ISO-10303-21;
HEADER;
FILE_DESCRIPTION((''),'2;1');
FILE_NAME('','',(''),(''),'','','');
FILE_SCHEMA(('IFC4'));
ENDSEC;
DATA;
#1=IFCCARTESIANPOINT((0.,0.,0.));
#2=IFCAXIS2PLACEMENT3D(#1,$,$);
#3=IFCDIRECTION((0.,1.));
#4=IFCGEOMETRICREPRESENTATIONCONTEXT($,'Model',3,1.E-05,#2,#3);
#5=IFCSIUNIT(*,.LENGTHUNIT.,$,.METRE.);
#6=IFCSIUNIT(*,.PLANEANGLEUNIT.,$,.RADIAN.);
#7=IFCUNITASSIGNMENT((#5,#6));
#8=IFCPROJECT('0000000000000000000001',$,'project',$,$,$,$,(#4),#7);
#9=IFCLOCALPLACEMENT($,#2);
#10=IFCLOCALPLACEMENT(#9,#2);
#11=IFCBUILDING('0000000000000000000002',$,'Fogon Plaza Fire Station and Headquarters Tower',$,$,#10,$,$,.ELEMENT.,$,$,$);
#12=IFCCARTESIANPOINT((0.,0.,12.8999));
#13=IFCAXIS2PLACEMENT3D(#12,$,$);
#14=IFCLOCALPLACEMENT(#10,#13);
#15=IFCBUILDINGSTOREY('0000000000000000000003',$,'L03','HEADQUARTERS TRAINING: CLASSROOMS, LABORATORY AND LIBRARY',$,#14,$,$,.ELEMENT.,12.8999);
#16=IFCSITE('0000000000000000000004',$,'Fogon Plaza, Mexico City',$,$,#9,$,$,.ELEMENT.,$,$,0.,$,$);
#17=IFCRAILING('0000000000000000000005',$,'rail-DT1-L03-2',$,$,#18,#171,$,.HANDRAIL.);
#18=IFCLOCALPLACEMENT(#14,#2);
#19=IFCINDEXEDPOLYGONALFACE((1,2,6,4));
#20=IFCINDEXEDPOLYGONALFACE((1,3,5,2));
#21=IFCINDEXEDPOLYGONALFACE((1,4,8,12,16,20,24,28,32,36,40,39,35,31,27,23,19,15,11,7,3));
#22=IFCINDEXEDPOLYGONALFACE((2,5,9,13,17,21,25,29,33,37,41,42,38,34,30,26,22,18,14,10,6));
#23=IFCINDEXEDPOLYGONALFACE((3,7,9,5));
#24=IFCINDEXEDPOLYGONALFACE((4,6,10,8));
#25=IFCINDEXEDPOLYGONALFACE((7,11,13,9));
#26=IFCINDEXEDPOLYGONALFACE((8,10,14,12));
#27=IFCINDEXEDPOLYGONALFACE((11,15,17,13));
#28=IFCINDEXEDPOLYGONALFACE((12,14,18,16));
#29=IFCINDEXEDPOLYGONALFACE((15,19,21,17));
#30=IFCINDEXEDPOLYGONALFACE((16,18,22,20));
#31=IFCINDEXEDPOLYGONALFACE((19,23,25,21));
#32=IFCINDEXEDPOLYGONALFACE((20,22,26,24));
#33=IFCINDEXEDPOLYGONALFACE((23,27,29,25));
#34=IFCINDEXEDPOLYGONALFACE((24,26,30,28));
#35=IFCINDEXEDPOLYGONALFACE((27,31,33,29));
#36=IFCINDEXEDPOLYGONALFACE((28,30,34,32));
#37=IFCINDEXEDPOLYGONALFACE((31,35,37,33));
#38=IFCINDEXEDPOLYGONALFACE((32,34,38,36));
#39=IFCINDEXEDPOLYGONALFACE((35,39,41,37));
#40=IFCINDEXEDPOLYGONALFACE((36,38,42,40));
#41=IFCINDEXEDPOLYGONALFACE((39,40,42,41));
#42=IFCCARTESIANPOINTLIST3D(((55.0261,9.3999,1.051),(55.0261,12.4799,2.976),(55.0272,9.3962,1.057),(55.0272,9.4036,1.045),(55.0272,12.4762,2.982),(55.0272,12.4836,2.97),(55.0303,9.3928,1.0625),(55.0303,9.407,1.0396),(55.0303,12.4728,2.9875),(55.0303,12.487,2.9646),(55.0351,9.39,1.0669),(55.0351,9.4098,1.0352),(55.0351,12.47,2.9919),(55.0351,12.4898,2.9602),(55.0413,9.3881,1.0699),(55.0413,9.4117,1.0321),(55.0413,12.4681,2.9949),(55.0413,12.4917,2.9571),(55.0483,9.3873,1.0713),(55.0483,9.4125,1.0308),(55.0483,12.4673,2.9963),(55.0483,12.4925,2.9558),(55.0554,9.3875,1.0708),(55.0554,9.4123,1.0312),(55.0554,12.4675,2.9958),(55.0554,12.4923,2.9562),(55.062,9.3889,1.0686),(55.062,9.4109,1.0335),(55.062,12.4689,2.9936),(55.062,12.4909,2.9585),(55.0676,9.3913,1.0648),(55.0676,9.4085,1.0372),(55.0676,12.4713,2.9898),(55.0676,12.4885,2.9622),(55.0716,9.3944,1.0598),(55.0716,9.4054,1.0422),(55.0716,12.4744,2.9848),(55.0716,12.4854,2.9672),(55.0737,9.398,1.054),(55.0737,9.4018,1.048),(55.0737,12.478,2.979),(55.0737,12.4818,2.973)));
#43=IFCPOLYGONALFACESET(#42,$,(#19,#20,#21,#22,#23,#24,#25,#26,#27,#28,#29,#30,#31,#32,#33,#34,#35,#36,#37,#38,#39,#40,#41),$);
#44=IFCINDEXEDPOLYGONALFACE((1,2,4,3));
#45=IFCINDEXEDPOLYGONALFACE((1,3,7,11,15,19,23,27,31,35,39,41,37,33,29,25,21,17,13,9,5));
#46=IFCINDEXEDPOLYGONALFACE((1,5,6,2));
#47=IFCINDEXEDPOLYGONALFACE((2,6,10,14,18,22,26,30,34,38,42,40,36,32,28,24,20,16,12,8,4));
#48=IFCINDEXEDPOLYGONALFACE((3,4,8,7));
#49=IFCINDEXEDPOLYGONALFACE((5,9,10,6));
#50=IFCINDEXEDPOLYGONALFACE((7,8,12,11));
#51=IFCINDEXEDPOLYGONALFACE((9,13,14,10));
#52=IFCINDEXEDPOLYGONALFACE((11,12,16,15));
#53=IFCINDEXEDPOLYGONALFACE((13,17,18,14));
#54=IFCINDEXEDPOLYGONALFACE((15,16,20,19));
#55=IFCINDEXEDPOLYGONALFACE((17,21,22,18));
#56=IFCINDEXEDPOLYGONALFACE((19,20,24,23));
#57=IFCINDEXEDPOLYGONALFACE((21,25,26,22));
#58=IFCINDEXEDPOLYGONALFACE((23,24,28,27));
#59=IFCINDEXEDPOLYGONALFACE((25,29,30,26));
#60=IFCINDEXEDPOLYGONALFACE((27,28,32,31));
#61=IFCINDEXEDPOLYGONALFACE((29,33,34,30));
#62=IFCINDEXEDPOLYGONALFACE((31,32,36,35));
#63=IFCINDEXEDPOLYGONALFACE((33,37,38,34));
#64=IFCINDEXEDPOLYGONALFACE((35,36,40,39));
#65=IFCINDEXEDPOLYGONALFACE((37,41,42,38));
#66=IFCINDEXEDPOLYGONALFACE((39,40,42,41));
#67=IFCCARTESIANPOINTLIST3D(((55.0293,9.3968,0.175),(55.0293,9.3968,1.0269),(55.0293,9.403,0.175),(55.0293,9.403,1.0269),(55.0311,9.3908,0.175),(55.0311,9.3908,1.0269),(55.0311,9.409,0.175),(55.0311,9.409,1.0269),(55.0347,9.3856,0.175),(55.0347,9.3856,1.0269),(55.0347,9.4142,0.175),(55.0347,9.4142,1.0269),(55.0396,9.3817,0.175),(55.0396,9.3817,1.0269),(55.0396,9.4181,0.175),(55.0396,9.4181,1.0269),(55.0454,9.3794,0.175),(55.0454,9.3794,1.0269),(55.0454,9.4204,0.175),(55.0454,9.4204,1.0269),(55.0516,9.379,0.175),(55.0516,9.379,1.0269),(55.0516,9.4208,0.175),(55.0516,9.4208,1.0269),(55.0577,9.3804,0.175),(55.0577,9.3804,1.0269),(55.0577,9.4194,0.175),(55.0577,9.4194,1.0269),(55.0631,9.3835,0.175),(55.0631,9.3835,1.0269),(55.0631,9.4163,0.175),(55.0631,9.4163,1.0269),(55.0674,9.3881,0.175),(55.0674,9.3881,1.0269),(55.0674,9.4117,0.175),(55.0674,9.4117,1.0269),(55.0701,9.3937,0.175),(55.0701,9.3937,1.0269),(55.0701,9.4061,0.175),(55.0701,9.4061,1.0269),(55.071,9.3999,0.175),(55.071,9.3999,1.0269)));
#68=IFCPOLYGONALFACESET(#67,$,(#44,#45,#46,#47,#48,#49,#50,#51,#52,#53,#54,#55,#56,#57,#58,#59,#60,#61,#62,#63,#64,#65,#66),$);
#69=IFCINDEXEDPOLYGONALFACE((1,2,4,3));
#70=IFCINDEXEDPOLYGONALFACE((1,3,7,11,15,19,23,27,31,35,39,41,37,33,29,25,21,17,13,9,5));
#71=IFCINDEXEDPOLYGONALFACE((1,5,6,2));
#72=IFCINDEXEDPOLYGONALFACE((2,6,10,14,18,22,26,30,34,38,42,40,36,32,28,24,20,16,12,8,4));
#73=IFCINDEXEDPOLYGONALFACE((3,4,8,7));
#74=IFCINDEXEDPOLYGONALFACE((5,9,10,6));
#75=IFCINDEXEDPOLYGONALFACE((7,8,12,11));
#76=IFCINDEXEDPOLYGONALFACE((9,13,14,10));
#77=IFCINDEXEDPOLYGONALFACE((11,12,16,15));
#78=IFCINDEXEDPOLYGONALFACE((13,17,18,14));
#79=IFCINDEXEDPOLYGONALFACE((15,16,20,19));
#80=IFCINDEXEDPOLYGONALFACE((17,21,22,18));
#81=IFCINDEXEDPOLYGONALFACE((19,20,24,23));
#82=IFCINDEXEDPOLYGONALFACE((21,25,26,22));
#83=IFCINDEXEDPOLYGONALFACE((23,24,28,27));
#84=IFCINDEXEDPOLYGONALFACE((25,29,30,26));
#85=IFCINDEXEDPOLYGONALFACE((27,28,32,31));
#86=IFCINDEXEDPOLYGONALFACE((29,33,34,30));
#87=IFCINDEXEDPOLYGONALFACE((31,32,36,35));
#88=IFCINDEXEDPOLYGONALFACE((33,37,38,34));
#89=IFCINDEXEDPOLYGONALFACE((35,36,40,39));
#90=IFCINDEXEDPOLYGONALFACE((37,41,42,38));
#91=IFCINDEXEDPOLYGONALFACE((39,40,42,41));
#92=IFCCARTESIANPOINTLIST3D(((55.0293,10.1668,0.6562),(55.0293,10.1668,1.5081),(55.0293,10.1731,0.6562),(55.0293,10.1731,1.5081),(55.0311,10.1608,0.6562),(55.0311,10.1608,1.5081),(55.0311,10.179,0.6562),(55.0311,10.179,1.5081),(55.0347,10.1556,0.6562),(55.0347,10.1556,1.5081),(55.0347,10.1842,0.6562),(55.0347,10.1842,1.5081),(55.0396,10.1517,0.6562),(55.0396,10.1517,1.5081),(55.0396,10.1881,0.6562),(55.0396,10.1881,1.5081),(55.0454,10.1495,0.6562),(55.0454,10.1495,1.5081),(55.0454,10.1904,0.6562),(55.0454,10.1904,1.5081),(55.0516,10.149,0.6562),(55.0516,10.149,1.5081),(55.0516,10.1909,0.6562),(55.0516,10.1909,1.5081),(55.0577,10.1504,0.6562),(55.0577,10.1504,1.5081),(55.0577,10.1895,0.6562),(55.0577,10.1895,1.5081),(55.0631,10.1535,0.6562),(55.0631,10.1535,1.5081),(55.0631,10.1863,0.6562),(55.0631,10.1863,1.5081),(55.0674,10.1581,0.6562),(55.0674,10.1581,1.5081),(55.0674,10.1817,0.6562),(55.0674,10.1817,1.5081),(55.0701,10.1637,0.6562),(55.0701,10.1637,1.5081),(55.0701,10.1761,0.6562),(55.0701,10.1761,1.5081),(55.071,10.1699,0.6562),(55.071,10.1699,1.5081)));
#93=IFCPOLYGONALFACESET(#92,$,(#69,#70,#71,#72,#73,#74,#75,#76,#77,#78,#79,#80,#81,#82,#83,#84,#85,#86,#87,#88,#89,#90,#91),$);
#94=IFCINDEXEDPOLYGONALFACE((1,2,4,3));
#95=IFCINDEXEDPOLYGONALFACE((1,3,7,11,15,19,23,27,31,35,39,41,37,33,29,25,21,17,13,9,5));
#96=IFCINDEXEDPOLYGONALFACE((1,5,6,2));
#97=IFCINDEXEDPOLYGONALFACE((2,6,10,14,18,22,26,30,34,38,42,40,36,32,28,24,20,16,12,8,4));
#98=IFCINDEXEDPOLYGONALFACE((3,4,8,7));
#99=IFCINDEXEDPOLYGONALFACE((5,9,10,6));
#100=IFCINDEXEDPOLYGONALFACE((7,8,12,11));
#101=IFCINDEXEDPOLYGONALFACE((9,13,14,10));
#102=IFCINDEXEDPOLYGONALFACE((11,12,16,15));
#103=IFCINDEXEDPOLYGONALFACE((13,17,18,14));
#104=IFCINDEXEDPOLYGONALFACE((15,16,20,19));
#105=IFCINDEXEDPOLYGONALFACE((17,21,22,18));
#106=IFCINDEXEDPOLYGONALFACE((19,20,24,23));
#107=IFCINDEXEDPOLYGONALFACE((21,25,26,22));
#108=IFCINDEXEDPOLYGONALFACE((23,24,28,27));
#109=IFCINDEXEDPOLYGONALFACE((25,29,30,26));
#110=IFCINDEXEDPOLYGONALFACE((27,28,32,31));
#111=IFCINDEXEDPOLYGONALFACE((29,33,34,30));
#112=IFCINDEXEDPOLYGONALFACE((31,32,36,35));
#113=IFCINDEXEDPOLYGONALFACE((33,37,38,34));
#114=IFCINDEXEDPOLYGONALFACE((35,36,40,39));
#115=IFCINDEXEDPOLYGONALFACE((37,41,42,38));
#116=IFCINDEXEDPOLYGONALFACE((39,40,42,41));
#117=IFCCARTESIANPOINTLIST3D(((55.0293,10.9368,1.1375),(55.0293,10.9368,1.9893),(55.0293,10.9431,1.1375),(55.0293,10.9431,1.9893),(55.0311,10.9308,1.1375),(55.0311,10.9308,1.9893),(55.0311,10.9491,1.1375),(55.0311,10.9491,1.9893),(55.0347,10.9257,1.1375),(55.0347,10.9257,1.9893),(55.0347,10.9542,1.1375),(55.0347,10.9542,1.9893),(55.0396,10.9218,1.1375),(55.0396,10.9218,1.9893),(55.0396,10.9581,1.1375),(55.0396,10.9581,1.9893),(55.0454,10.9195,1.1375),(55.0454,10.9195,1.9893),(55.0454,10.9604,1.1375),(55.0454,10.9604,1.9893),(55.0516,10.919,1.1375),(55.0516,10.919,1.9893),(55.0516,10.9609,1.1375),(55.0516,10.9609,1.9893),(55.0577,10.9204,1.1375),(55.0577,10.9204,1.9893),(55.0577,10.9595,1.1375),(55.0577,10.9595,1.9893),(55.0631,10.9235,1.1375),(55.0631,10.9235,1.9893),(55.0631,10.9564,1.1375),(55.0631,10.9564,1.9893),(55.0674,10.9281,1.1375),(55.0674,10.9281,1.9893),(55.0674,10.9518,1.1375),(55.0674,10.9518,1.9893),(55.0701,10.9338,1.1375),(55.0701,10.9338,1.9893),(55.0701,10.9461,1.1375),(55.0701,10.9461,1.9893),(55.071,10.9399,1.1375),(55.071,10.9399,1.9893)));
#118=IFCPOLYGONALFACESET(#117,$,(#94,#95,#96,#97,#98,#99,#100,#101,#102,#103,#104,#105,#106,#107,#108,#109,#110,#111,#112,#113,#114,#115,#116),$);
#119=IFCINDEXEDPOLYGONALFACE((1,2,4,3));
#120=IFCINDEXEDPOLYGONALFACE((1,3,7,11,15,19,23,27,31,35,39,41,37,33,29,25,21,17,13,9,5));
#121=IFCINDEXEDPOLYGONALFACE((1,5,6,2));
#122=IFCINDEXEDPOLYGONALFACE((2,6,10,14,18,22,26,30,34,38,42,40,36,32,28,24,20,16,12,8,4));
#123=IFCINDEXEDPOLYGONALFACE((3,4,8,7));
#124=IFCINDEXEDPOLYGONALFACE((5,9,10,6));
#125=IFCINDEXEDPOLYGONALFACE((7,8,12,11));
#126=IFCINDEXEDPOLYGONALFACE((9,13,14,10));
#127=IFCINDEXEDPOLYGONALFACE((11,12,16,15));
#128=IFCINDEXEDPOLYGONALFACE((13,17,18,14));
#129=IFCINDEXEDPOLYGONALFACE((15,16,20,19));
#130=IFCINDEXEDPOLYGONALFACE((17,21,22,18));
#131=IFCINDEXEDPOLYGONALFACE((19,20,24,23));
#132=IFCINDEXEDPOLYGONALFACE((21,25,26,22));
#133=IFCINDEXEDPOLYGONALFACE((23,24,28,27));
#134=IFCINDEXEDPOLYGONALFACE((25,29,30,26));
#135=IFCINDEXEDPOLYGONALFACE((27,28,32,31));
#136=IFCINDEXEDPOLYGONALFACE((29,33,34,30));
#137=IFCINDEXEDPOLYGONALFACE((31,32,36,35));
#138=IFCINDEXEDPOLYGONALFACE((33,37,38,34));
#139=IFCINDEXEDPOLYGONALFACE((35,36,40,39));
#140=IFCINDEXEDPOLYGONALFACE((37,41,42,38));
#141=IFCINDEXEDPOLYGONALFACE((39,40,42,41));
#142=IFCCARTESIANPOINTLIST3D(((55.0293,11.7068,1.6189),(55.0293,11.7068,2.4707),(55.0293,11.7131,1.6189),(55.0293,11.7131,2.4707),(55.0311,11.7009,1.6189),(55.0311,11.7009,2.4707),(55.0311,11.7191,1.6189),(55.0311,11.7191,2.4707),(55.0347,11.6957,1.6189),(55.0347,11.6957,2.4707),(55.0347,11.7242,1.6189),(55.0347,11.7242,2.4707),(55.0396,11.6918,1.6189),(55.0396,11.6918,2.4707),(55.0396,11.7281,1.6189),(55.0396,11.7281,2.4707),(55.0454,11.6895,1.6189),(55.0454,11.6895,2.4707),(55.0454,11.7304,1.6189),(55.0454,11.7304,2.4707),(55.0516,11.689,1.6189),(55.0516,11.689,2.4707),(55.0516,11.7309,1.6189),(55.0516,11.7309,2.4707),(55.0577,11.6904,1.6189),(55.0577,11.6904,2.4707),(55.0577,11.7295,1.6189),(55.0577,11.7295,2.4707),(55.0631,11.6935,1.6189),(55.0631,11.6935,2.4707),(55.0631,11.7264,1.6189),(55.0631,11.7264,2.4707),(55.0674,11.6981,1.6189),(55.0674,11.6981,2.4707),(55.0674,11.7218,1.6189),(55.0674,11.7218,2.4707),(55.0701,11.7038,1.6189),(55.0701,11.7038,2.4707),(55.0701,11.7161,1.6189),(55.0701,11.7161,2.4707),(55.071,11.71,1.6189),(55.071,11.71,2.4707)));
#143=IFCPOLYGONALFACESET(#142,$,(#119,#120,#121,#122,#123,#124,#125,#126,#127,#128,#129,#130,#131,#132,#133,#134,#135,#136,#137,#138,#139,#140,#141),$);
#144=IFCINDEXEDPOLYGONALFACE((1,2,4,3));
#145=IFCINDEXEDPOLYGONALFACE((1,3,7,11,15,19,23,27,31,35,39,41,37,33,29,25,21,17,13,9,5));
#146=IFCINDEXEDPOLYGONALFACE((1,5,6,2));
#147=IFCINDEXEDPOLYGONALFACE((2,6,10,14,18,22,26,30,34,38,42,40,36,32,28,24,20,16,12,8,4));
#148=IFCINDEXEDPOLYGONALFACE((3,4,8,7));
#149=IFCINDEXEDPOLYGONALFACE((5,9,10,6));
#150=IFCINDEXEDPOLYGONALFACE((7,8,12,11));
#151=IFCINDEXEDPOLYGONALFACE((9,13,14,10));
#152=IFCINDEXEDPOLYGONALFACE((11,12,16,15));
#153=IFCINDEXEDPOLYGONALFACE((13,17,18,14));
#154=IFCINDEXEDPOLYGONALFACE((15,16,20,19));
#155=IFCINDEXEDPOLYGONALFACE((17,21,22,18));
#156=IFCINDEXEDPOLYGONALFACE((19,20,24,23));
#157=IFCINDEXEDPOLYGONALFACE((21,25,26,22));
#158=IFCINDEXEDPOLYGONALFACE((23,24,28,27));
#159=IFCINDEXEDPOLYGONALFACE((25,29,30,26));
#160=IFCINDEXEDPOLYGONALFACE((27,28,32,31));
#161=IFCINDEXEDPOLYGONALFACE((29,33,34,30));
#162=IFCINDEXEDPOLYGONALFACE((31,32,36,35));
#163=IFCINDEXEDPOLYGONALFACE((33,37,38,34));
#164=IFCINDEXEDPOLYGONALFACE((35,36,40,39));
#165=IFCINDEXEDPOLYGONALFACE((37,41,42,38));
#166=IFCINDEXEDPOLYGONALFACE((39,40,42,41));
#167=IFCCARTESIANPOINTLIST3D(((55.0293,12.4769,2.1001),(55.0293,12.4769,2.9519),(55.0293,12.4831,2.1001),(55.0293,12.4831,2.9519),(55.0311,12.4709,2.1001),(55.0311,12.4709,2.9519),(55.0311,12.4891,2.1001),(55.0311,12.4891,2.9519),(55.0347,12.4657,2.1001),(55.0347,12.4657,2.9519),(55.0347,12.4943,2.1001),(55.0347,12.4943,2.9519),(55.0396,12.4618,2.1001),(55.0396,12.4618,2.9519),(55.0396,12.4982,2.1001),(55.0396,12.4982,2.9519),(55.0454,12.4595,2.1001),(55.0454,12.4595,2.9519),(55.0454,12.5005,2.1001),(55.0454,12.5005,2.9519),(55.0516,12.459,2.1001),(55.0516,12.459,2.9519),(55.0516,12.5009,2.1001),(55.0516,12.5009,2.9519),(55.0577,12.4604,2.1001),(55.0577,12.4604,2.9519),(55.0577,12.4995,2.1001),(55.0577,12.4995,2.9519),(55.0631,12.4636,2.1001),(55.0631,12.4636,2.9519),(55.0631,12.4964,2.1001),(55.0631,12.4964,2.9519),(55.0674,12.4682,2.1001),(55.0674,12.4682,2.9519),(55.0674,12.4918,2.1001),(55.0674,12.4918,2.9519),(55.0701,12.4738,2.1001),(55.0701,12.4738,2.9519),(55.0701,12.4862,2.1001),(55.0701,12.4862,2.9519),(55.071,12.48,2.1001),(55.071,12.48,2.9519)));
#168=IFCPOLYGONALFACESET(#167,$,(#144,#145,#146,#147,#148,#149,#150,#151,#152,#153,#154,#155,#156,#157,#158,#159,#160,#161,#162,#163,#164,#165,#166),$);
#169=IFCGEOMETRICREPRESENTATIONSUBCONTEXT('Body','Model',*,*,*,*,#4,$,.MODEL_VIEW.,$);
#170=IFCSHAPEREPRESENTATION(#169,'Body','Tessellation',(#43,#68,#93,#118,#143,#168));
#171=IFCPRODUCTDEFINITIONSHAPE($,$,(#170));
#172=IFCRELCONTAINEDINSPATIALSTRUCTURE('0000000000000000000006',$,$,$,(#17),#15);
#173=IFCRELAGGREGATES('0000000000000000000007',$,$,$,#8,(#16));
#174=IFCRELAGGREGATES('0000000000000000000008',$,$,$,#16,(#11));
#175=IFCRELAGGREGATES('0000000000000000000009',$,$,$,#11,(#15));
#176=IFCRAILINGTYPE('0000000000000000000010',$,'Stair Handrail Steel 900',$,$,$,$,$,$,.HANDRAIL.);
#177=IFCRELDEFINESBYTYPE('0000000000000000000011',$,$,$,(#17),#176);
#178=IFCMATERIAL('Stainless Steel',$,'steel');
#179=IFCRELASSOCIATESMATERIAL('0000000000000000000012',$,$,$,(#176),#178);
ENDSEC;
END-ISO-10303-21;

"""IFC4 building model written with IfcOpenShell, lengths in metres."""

from ifc_helpers import new_model, si_unit, direction, frame, origin, origin_2d, place, context, subcontext, project, spatial, circle, extrude, material, type_object, element, save


model = new_model("IFC4")

# Units and contexts
model_context = context("Model", 3, precision=1e-05, world=origin(), true_north=direction((0.0, 1.0)))
body_context = subcontext(model_context, "Body", "Model", "MODEL_VIEW")
ifc_project = project(units=[si_unit("LENGTHUNIT", "METRE"), si_unit("PLANEANGLEUNIT", "RADIAN")], contexts=[model_context])

# Site, building, storey
site_placement = place(None, origin())
site = spatial("IfcSite", under=ifc_project, at=site_placement, Name="Fogon Plaza, Mexico City", CompositionType="ELEMENT", RefElevation=0.0)
building_placement = place(site_placement, origin())
building = spatial("IfcBuilding", under=site, at=building_placement, Name="Fogon Plaza Fire Station and Headquarters Tower", CompositionType="ELEMENT")
storey_placement = place(building_placement, frame((0.0, 0.0, 12.8999)))
storey = spatial("IfcBuildingStorey", under=building, at=storey_placement, Name="L03", Description="HEADQUARTERS TRAINING: CLASSROOMS, LABORATORY AND LIBRARY", CompositionType="ELEMENT", Elevation=12.8999)

# Railing
ifc_material_1 = material(Name="Stainless Steel", Category="steel")
railing_type_1 = type_object("IfcRailingType", Name="Stair Handrail Steel 900", PredefinedType="HANDRAIL", material=ifc_material_1)
for number, where, name in (
    (1, (55.05, 9.3999, 0.175), "rail-DT1-L03-2"),
):
    element("IfcRailing", number, at=place(storey_placement, frame(where)), inside=storey, type_object=railing_type_1, Name=name, PredefinedType="HANDRAIL", context=body_context, shape_type="SweptSolid", body=[
        extrude(circle(Radius=0.0239, at=origin_2d()), frame((0.0, 0.0, 0.876), z_axis=(0.0, 0.847998, 0.529999), x_axis=(-1.0, 0.0, 0.0)), (0.0, 0.0, 1.0), 3.6321),
        extrude(circle(Radius=0.021, at=origin_2d()), origin(), (0.0, 0.0, 1.0), 0.8518),
        extrude(circle(Radius=0.021, at=origin_2d()), frame((0.0, 0.77, 0.4812)), (0.0, 0.0, 1.0), 0.8518),
        extrude(circle(Radius=0.021, at=origin_2d()), frame((0.0, 1.54, 0.9624)), (0.0, 0.0, 1.0), 0.8518),
        extrude(circle(Radius=0.021, at=origin_2d()), frame((0.0, 2.3101, 1.4438)), (0.0, 0.0, 1.0), 0.8518),
        extrude(circle(Radius=0.021, at=origin_2d()), frame((0.0, 3.0801, 1.925)), (0.0, 0.0, 1.0), 0.8518),
    ])

save(model, "model.ifc")
